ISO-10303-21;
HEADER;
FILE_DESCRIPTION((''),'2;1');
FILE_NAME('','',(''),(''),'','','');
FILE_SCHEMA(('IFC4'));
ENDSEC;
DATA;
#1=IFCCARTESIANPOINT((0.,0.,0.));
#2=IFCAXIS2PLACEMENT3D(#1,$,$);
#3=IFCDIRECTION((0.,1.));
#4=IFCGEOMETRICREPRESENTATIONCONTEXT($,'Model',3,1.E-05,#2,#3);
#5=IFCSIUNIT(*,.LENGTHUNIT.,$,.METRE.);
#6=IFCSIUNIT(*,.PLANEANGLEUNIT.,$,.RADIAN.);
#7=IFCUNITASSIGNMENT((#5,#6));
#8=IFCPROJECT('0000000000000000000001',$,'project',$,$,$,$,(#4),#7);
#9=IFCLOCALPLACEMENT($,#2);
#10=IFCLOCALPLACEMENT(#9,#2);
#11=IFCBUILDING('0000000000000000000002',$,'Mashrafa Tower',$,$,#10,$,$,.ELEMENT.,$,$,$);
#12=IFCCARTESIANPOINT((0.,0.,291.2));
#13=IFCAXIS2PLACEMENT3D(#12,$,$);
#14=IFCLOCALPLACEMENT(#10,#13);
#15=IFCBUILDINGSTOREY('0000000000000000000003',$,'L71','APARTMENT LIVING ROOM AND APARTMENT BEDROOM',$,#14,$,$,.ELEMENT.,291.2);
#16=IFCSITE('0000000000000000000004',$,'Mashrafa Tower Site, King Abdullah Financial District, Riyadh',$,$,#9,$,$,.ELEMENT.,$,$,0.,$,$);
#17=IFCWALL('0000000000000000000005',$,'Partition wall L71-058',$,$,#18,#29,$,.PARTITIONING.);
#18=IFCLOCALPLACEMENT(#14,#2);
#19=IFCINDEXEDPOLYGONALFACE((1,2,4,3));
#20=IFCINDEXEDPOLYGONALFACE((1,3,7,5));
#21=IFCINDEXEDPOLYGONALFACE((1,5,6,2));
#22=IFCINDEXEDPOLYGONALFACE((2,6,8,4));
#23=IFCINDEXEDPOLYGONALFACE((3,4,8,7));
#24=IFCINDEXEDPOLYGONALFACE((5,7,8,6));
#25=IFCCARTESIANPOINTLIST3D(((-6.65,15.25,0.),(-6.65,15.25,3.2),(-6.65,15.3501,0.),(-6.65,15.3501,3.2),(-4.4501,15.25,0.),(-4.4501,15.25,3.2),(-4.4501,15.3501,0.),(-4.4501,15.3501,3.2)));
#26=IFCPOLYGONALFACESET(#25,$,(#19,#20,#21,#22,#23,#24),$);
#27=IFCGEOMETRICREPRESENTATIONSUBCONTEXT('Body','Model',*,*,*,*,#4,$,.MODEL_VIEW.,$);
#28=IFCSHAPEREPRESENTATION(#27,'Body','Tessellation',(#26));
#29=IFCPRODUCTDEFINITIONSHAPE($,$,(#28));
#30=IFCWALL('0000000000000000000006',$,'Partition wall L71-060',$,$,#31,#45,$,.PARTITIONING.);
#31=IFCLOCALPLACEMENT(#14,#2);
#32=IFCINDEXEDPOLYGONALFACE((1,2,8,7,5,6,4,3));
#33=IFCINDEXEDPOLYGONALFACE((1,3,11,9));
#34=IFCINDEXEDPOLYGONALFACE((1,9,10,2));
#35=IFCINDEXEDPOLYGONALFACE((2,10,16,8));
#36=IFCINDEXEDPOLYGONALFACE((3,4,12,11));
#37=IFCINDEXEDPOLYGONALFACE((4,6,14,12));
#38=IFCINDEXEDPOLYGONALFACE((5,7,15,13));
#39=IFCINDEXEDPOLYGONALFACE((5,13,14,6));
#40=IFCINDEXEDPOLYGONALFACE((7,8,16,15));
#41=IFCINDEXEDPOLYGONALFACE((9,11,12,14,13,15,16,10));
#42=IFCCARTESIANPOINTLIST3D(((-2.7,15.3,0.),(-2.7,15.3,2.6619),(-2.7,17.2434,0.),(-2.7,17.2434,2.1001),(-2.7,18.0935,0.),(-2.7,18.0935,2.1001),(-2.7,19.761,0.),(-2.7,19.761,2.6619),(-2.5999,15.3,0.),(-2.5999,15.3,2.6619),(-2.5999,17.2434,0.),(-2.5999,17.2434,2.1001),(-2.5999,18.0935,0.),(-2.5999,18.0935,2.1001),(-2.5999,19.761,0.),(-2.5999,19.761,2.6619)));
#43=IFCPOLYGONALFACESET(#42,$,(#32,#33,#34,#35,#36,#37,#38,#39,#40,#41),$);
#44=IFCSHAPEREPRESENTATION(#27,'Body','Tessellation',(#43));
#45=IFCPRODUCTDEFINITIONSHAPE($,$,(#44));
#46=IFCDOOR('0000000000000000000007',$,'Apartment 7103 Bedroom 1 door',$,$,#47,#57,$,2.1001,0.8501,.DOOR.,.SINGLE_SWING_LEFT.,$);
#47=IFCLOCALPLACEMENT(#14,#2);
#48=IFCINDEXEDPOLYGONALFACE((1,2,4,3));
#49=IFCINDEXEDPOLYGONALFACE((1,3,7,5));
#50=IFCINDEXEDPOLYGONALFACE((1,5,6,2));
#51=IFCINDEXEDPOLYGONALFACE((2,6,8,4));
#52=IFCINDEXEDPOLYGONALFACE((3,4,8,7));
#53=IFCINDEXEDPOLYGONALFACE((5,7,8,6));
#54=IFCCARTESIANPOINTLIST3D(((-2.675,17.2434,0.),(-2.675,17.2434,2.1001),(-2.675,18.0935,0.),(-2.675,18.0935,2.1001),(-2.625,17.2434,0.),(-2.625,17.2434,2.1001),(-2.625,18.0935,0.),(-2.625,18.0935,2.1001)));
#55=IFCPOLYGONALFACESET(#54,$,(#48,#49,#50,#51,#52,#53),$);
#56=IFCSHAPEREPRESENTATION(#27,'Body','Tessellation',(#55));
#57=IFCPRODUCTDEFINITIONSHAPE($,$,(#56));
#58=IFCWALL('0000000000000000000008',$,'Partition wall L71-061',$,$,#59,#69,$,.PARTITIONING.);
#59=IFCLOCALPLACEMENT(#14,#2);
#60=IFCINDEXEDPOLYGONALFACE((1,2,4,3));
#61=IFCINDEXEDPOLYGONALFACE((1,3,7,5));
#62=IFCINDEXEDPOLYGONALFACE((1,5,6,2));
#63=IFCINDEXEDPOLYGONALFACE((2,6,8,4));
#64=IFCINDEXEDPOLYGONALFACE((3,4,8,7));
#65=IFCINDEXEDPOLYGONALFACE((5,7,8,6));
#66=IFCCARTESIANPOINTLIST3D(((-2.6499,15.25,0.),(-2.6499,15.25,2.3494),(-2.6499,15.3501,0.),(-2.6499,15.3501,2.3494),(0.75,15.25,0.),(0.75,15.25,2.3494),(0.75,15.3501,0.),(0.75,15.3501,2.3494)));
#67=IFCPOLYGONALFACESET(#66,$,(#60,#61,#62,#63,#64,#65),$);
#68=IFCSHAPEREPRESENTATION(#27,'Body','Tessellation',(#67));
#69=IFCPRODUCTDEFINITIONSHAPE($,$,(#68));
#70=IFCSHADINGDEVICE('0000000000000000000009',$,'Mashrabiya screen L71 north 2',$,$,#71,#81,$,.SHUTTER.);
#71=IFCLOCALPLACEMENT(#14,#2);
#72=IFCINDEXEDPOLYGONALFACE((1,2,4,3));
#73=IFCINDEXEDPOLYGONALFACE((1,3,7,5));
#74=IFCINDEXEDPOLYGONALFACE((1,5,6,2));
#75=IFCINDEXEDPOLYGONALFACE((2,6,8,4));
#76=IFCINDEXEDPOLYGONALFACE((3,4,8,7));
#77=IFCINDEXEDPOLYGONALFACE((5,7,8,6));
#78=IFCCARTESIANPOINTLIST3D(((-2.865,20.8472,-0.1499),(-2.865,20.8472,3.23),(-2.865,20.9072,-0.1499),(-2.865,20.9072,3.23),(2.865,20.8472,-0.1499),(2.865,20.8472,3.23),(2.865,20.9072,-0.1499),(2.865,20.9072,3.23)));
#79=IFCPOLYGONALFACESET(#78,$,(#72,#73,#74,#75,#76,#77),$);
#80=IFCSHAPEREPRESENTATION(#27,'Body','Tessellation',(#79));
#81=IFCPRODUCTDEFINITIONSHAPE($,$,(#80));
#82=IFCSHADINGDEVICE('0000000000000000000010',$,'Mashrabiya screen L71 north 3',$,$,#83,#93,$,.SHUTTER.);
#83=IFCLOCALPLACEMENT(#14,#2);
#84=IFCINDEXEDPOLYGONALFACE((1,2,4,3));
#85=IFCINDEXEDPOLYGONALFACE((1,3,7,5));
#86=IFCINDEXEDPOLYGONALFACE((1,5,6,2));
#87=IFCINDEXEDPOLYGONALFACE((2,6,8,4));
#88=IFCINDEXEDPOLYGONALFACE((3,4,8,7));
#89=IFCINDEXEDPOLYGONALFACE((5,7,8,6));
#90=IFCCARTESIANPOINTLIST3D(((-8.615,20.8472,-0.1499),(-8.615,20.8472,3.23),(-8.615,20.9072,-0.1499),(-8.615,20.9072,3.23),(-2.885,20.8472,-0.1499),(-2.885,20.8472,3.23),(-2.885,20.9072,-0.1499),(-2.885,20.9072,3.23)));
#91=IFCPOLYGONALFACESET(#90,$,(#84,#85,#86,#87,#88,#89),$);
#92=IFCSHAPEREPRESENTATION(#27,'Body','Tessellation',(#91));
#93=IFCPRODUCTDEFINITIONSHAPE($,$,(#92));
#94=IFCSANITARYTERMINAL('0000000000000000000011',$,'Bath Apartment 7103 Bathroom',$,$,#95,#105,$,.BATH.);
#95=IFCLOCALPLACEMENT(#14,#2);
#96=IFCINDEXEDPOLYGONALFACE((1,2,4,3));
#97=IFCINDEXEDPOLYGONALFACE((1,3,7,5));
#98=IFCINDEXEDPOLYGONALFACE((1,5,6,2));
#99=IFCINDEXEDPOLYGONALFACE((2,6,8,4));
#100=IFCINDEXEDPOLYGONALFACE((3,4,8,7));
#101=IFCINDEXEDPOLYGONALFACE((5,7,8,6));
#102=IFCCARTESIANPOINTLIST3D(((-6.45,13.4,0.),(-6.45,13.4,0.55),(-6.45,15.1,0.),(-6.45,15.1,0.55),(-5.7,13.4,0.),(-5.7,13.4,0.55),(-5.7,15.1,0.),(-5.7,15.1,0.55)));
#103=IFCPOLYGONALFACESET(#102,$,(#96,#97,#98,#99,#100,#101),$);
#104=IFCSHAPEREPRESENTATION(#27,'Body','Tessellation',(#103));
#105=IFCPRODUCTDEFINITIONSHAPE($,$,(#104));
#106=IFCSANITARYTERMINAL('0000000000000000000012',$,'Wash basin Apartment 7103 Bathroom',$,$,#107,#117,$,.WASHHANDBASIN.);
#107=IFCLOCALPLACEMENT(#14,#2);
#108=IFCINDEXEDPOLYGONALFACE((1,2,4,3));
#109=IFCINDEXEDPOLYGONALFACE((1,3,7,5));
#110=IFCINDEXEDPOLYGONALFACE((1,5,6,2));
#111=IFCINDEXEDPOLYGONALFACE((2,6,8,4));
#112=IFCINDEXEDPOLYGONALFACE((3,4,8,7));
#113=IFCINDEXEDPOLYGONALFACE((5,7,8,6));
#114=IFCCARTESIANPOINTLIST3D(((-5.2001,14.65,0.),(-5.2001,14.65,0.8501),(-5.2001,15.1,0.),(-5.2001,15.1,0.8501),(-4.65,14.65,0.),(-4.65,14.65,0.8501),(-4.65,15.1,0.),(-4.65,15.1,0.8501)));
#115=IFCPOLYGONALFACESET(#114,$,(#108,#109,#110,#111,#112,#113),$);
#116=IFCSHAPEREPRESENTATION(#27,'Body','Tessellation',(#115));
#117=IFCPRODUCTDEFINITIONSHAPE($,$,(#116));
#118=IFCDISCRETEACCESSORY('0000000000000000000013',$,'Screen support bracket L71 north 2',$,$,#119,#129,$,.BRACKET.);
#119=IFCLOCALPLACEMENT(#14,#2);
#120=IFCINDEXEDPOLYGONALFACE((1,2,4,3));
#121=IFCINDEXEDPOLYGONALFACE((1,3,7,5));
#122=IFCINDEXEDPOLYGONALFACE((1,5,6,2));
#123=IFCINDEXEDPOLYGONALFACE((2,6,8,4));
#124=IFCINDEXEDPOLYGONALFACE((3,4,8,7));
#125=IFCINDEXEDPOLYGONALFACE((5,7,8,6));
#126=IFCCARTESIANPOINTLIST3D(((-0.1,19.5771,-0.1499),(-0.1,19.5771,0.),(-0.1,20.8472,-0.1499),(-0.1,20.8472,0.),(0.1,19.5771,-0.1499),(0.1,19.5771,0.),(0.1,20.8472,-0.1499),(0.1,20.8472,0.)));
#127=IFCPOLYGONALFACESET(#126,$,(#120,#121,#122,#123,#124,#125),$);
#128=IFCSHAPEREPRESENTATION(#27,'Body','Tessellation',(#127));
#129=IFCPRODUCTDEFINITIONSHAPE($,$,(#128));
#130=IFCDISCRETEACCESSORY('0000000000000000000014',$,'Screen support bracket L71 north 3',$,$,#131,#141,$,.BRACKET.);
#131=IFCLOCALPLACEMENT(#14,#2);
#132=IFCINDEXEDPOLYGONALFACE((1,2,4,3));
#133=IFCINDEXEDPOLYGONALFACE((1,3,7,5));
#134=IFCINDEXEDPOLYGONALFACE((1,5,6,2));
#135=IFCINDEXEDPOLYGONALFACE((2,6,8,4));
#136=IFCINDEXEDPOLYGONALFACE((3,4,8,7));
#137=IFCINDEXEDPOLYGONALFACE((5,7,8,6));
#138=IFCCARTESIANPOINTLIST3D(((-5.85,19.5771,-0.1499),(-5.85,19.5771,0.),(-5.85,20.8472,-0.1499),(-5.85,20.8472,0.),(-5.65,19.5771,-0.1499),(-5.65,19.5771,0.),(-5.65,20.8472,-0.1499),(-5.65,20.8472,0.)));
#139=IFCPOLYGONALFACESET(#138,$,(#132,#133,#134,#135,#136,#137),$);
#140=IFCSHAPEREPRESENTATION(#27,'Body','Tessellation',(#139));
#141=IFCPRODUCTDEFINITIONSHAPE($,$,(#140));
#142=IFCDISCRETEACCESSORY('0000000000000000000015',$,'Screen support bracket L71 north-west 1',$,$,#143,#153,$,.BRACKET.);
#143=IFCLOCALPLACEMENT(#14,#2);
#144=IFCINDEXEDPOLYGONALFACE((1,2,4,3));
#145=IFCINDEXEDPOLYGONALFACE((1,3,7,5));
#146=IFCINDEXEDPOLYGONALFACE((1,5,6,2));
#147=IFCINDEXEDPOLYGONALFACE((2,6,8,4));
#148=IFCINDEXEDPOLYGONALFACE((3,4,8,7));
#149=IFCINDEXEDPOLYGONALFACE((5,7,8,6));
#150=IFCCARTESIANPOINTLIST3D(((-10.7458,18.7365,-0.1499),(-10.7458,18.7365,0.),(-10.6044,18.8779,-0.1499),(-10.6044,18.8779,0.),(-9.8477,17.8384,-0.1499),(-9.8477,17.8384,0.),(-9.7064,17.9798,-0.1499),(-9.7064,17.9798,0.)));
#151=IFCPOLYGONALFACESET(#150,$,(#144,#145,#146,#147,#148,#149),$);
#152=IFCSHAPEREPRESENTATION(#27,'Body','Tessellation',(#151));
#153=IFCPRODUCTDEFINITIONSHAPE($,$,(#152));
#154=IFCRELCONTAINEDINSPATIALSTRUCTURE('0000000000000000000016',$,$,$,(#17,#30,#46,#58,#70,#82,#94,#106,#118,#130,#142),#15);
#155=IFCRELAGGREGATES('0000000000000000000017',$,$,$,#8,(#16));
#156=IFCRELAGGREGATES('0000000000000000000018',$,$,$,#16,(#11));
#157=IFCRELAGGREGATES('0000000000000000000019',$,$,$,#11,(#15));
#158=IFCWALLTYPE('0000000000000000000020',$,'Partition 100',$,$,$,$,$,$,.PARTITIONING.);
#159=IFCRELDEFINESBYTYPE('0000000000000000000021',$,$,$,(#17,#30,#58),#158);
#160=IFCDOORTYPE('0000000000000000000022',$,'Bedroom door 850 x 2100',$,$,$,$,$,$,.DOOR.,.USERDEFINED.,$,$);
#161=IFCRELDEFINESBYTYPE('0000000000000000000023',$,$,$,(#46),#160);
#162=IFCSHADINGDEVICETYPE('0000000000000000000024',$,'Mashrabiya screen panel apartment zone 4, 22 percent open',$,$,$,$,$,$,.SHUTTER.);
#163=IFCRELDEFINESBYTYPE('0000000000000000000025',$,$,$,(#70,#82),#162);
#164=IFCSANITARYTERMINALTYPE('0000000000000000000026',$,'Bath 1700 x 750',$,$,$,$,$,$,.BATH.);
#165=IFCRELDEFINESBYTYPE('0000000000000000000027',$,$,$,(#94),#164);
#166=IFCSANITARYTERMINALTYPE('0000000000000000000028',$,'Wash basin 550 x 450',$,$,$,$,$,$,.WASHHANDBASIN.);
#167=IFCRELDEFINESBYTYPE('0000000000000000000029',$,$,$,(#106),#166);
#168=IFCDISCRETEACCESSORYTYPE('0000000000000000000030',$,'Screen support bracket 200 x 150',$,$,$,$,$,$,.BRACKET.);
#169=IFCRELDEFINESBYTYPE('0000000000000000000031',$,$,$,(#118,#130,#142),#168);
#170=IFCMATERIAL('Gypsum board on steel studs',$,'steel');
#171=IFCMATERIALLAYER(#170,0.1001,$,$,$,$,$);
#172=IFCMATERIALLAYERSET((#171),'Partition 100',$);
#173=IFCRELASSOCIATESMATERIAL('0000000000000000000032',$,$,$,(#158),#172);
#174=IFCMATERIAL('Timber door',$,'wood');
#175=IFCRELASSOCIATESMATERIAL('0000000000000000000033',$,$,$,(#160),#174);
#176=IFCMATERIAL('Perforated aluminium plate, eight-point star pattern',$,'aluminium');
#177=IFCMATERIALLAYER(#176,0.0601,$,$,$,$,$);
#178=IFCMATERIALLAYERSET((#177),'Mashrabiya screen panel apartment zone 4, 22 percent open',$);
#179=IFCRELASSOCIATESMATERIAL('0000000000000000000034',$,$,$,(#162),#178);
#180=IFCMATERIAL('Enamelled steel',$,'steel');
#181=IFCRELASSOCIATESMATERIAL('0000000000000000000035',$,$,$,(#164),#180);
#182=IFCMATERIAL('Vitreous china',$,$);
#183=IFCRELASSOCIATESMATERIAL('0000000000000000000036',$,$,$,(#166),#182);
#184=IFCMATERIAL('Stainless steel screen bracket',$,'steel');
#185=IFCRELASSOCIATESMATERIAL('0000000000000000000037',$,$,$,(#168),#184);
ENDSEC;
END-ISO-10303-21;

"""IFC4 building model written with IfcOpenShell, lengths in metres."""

from ifc_helpers import new_model, si_unit, direction, frame, frame_2d, origin, origin_2d, place, context, subcontext, project, spatial, rectangle, extrude, source, transform, mapped, material, layer, layer_set, type_object, type_shapes, element, fill, save


model = new_model("IFC4")

# Units and contexts
model_context = context("Model", 3, precision=1e-05, world=origin(), true_north=direction((0.0, 1.0)))
body_context = subcontext(model_context, "Body", "Model", "MODEL_VIEW")
ifc_project = project(units=[si_unit("LENGTHUNIT", "METRE"), si_unit("PLANEANGLEUNIT", "RADIAN")], contexts=[model_context])

# Site, building, storey
site_placement = place(None, origin())
site = spatial("IfcSite", under=ifc_project, at=site_placement, Name="Mashrafa Tower Site, King Abdullah Financial District, Riyadh", CompositionType="ELEMENT", RefElevation=0.0)
building_placement = place(site_placement, origin())
building = spatial("IfcBuilding", under=site, at=building_placement, Name="Mashrafa Tower", CompositionType="ELEMENT")
storey_placement = place(building_placement, frame((0.0, 0.0, 291.2)))
storey = spatial("IfcBuildingStorey", under=building, at=storey_placement, Name="L71", Description="APARTMENT LIVING ROOM AND APARTMENT BEDROOM", CompositionType="ELEMENT", Elevation=291.2)

# Wall
ifc_material_1 = material(Name="Gypsum board on steel studs", Category="steel")
ifc_layer_1 = layer(ifc_material_1, 0.1001)
ifc_layer_set_1 = layer_set([ifc_layer_1], Name="Partition 100")
wall_type = type_object("IfcWallType", Name="Partition 100", PredefinedType="PARTITIONING", material=ifc_layer_set_1)
wall_1_placement = place(storey_placement, frame((-4.45, 15.3, 0.0), z_axis=(0.0, 0.0, 1.0), x_axis=(-1.0, 0.0, 0.0)))
element("IfcWall", 1, at=wall_1_placement, inside=storey, type_object=wall_type, Name="Partition wall L71-058", PredefinedType="PARTITIONING", context=body_context, shape_type="SweptSolid", body=[
    extrude(rectangle(XDim=2.2, YDim=0.1001, at=frame_2d((1.1001, 0.0))), origin(), (0.0, 0.0, 1.0), 3.2),
])

# Wall, opening, door
wall_2_placement = place(storey_placement, frame((-2.6499, 19.761, 0.0), z_axis=(0.0, 0.0, 1.0), x_axis=(0.0, -1.0, 0.0)))
wall_2 = element("IfcWall", 2, at=wall_2_placement, inside=storey, type_object=wall_type, Name="Partition wall L71-060", PredefinedType="PARTITIONING", context=body_context, shape_type="SweptSolid", body=[
    extrude(rectangle(XDim=4.4609, YDim=0.1001, at=frame_2d((2.2305, 0.0))), origin(), (0.0, 0.0, 1.0), 2.6619),
])
opening_placement = place(wall_2_placement, frame((1.6675, 0.0, 0.0)))
opening = element("IfcOpeningElement", 3, at=opening_placement, cuts=wall_2, PredefinedType="OPENING", context=body_context, shape_type="SweptSolid", body=[
    extrude(rectangle(XDim=0.8501, YDim=2.1001, at=frame_2d((0.425, 1.05))), frame((0.0, 0.0601, 0.0), z_axis=(0.0, -1.0, 0.0), x_axis=(1.0, 0.0, 0.0)), (0.0, 0.0, 1.0), 0.1201),
])
ifc_material_2 = material(Name="Timber door", Category="wood")
door_type = type_object("IfcDoorType", Name="Bedroom door 850 x 2100", OperationType="USERDEFINED", PredefinedType="DOOR", material=ifc_material_2)
door_placement = place(opening_placement, origin())
door = element("IfcDoor", 4, at=door_placement, inside=storey, type_object=door_type, Name="Apartment 7103 Bedroom 1 door", OperationType="SINGLE_SWING_LEFT", OverallHeight=2.1001, OverallWidth=0.8501, PredefinedType="DOOR", context=body_context, shape_type="SweptSolid", body=[
    extrude(rectangle(XDim=0.8501, YDim=2.1001, at=frame_2d((0.425, 1.05))), frame((0.0, 0.0249, 0.0), z_axis=(0.0, -1.0, 0.0), x_axis=(1.0, 0.0, 0.0)), (0.0, 0.0, 1.0), 0.05),
])
fill(opening, door)

# Wall
wall_3_placement = place(storey_placement, frame((-2.6499, 15.3, 0.0), z_axis=(0.0, 0.0, 1.0), x_axis=(1.0, 0.0, 0.0)))
element("IfcWall", 5, at=wall_3_placement, inside=storey, type_object=wall_type, Name="Partition wall L71-061", PredefinedType="PARTITIONING", context=body_context, shape_type="SweptSolid", body=[
    extrude(rectangle(XDim=3.3999, YDim=0.1001, at=frame_2d((1.7, 0.0))), origin(), (0.0, 0.0, 1.0), 2.3494),
])

# Shading devices
ifc_material_3 = material(Name="Perforated aluminium plate, eight-point star pattern", Category="aluminium")
ifc_layer_2 = layer(ifc_material_3, 0.0601)
ifc_layer_set_2 = layer_set([ifc_layer_2], Name="Mashrabiya screen panel apartment zone 4, 22 percent open")
shading_device_type = type_object("IfcShadingDeviceType", Name="Mashrabiya screen panel apartment zone 4, 22 percent open", PredefinedType="SHUTTER", material=ifc_layer_set_2)
shared_shape_1 = source(origin(), body_context, "Body", "SweptSolid", [
    extrude(rectangle(XDim=5.73, YDim=0.0601, at=origin_2d()), origin(), (0.0, 0.0, 1.0), 3.3799),
])
type_shapes(shading_device_type, [shared_shape_1])
for number, where, z_axis, x_axis, name in (
    (6, (0.0, 20.8772, -0.1499), (0.0, 0.0, 1.0), (-1.0, 0.0, 0.0), "Mashrabiya screen L71 north 2"),
    (7, (-5.75, 20.8772, -0.1499), (0.0, 0.0, 1.0), (-1.0, 0.0, 0.0), "Mashrabiya screen L71 north 3"),
):
    element("IfcShadingDevice", number, at=place(storey_placement, frame(where, z_axis=z_axis, x_axis=x_axis)), inside=storey, type_object=shading_device_type, Name=name, PredefinedType="SHUTTER", context=body_context, shape_type="MappedRepresentation", body=[
        mapped(shared_shape_1, transform((0.0, 0.0, 0.0))),
    ])

# Sanitary terminals
ifc_material_4 = material(Name="Enamelled steel", Category="steel")
sanitary_terminal_type_1 = type_object("IfcSanitaryTerminalType", Name="Bath 1700 x 750", PredefinedType="BATH", material=ifc_material_4)
sanitary_terminal_1_placement = place(storey_placement, frame((-6.075, 14.25, 0.0), z_axis=(0.0, 0.0, 1.0), x_axis=(0.0, -1.0, 0.0)))
element("IfcSanitaryTerminal", 8, at=sanitary_terminal_1_placement, inside=storey, type_object=sanitary_terminal_type_1, Name="Bath Apartment 7103 Bathroom", PredefinedType="BATH", context=body_context, shape_type="SweptSolid", body=[
    extrude(rectangle(XDim=1.7, YDim=0.75, at=origin_2d()), origin(), (0.0, 0.0, 1.0), 0.55),
])
ifc_material_5 = material(Name="Vitreous china")
sanitary_terminal_type_2 = type_object("IfcSanitaryTerminalType", Name="Wash basin 550 x 450", PredefinedType="WASHHANDBASIN", material=ifc_material_5)
sanitary_terminal_2_placement = place(storey_placement, frame((-4.925, 14.875, 0.0), z_axis=(0.0, 0.0, 1.0), x_axis=(-1.0, 0.0, 0.0)))
element("IfcSanitaryTerminal", 9, at=sanitary_terminal_2_placement, inside=storey, type_object=sanitary_terminal_type_2, Name="Wash basin Apartment 7103 Bathroom", PredefinedType="WASHHANDBASIN", context=body_context, shape_type="SweptSolid", body=[
    extrude(rectangle(XDim=0.55, YDim=0.45, at=origin_2d()), origin(), (0.0, 0.0, 1.0), 0.8501),
])

# Discrete accessories
ifc_material_6 = material(Name="Stainless steel screen bracket", Category="steel")
discrete_accessory_type = type_object("IfcDiscreteAccessoryType", Name="Screen support bracket 200 x 150", PredefinedType="BRACKET", material=ifc_material_6)
shared_shape_2 = source(origin(), body_context, "Body", "SweptSolid", [
    extrude(rectangle(XDim=0.2, YDim=1.27, at=origin_2d()), origin(), (0.0, 0.0, 1.0), 0.1499),
])
type_shapes(discrete_accessory_type, [shared_shape_2])
for number, where, z_axis, x_axis, name in (
    (10, (0.0, 20.2122, -0.1499), (0.0, 0.0, 1.0), (-1.0, 0.0, 0.0), "Screen support bracket L71 north 2"),
    (11, (-5.75, 20.2122, -0.1499), (0.0, 0.0, 1.0), (-1.0, 0.0, 0.0), "Screen support bracket L71 north 3"),
    (12, (-10.2261, 18.3582, -0.1499), (0.0, 0.0, 1.0), (-0.707107, -0.707107, 0.0), "Screen support bracket L71 north-west 1"),
):
    element("IfcDiscreteAccessory", number, at=place(storey_placement, frame(where, z_axis=z_axis, x_axis=x_axis)), inside=storey, type_object=discrete_accessory_type, Name=name, PredefinedType="BRACKET", context=body_context, shape_type="MappedRepresentation", body=[
        mapped(shared_shape_2, transform((0.0, 0.0, 0.0))),
    ])

save(model, "model.ifc")
